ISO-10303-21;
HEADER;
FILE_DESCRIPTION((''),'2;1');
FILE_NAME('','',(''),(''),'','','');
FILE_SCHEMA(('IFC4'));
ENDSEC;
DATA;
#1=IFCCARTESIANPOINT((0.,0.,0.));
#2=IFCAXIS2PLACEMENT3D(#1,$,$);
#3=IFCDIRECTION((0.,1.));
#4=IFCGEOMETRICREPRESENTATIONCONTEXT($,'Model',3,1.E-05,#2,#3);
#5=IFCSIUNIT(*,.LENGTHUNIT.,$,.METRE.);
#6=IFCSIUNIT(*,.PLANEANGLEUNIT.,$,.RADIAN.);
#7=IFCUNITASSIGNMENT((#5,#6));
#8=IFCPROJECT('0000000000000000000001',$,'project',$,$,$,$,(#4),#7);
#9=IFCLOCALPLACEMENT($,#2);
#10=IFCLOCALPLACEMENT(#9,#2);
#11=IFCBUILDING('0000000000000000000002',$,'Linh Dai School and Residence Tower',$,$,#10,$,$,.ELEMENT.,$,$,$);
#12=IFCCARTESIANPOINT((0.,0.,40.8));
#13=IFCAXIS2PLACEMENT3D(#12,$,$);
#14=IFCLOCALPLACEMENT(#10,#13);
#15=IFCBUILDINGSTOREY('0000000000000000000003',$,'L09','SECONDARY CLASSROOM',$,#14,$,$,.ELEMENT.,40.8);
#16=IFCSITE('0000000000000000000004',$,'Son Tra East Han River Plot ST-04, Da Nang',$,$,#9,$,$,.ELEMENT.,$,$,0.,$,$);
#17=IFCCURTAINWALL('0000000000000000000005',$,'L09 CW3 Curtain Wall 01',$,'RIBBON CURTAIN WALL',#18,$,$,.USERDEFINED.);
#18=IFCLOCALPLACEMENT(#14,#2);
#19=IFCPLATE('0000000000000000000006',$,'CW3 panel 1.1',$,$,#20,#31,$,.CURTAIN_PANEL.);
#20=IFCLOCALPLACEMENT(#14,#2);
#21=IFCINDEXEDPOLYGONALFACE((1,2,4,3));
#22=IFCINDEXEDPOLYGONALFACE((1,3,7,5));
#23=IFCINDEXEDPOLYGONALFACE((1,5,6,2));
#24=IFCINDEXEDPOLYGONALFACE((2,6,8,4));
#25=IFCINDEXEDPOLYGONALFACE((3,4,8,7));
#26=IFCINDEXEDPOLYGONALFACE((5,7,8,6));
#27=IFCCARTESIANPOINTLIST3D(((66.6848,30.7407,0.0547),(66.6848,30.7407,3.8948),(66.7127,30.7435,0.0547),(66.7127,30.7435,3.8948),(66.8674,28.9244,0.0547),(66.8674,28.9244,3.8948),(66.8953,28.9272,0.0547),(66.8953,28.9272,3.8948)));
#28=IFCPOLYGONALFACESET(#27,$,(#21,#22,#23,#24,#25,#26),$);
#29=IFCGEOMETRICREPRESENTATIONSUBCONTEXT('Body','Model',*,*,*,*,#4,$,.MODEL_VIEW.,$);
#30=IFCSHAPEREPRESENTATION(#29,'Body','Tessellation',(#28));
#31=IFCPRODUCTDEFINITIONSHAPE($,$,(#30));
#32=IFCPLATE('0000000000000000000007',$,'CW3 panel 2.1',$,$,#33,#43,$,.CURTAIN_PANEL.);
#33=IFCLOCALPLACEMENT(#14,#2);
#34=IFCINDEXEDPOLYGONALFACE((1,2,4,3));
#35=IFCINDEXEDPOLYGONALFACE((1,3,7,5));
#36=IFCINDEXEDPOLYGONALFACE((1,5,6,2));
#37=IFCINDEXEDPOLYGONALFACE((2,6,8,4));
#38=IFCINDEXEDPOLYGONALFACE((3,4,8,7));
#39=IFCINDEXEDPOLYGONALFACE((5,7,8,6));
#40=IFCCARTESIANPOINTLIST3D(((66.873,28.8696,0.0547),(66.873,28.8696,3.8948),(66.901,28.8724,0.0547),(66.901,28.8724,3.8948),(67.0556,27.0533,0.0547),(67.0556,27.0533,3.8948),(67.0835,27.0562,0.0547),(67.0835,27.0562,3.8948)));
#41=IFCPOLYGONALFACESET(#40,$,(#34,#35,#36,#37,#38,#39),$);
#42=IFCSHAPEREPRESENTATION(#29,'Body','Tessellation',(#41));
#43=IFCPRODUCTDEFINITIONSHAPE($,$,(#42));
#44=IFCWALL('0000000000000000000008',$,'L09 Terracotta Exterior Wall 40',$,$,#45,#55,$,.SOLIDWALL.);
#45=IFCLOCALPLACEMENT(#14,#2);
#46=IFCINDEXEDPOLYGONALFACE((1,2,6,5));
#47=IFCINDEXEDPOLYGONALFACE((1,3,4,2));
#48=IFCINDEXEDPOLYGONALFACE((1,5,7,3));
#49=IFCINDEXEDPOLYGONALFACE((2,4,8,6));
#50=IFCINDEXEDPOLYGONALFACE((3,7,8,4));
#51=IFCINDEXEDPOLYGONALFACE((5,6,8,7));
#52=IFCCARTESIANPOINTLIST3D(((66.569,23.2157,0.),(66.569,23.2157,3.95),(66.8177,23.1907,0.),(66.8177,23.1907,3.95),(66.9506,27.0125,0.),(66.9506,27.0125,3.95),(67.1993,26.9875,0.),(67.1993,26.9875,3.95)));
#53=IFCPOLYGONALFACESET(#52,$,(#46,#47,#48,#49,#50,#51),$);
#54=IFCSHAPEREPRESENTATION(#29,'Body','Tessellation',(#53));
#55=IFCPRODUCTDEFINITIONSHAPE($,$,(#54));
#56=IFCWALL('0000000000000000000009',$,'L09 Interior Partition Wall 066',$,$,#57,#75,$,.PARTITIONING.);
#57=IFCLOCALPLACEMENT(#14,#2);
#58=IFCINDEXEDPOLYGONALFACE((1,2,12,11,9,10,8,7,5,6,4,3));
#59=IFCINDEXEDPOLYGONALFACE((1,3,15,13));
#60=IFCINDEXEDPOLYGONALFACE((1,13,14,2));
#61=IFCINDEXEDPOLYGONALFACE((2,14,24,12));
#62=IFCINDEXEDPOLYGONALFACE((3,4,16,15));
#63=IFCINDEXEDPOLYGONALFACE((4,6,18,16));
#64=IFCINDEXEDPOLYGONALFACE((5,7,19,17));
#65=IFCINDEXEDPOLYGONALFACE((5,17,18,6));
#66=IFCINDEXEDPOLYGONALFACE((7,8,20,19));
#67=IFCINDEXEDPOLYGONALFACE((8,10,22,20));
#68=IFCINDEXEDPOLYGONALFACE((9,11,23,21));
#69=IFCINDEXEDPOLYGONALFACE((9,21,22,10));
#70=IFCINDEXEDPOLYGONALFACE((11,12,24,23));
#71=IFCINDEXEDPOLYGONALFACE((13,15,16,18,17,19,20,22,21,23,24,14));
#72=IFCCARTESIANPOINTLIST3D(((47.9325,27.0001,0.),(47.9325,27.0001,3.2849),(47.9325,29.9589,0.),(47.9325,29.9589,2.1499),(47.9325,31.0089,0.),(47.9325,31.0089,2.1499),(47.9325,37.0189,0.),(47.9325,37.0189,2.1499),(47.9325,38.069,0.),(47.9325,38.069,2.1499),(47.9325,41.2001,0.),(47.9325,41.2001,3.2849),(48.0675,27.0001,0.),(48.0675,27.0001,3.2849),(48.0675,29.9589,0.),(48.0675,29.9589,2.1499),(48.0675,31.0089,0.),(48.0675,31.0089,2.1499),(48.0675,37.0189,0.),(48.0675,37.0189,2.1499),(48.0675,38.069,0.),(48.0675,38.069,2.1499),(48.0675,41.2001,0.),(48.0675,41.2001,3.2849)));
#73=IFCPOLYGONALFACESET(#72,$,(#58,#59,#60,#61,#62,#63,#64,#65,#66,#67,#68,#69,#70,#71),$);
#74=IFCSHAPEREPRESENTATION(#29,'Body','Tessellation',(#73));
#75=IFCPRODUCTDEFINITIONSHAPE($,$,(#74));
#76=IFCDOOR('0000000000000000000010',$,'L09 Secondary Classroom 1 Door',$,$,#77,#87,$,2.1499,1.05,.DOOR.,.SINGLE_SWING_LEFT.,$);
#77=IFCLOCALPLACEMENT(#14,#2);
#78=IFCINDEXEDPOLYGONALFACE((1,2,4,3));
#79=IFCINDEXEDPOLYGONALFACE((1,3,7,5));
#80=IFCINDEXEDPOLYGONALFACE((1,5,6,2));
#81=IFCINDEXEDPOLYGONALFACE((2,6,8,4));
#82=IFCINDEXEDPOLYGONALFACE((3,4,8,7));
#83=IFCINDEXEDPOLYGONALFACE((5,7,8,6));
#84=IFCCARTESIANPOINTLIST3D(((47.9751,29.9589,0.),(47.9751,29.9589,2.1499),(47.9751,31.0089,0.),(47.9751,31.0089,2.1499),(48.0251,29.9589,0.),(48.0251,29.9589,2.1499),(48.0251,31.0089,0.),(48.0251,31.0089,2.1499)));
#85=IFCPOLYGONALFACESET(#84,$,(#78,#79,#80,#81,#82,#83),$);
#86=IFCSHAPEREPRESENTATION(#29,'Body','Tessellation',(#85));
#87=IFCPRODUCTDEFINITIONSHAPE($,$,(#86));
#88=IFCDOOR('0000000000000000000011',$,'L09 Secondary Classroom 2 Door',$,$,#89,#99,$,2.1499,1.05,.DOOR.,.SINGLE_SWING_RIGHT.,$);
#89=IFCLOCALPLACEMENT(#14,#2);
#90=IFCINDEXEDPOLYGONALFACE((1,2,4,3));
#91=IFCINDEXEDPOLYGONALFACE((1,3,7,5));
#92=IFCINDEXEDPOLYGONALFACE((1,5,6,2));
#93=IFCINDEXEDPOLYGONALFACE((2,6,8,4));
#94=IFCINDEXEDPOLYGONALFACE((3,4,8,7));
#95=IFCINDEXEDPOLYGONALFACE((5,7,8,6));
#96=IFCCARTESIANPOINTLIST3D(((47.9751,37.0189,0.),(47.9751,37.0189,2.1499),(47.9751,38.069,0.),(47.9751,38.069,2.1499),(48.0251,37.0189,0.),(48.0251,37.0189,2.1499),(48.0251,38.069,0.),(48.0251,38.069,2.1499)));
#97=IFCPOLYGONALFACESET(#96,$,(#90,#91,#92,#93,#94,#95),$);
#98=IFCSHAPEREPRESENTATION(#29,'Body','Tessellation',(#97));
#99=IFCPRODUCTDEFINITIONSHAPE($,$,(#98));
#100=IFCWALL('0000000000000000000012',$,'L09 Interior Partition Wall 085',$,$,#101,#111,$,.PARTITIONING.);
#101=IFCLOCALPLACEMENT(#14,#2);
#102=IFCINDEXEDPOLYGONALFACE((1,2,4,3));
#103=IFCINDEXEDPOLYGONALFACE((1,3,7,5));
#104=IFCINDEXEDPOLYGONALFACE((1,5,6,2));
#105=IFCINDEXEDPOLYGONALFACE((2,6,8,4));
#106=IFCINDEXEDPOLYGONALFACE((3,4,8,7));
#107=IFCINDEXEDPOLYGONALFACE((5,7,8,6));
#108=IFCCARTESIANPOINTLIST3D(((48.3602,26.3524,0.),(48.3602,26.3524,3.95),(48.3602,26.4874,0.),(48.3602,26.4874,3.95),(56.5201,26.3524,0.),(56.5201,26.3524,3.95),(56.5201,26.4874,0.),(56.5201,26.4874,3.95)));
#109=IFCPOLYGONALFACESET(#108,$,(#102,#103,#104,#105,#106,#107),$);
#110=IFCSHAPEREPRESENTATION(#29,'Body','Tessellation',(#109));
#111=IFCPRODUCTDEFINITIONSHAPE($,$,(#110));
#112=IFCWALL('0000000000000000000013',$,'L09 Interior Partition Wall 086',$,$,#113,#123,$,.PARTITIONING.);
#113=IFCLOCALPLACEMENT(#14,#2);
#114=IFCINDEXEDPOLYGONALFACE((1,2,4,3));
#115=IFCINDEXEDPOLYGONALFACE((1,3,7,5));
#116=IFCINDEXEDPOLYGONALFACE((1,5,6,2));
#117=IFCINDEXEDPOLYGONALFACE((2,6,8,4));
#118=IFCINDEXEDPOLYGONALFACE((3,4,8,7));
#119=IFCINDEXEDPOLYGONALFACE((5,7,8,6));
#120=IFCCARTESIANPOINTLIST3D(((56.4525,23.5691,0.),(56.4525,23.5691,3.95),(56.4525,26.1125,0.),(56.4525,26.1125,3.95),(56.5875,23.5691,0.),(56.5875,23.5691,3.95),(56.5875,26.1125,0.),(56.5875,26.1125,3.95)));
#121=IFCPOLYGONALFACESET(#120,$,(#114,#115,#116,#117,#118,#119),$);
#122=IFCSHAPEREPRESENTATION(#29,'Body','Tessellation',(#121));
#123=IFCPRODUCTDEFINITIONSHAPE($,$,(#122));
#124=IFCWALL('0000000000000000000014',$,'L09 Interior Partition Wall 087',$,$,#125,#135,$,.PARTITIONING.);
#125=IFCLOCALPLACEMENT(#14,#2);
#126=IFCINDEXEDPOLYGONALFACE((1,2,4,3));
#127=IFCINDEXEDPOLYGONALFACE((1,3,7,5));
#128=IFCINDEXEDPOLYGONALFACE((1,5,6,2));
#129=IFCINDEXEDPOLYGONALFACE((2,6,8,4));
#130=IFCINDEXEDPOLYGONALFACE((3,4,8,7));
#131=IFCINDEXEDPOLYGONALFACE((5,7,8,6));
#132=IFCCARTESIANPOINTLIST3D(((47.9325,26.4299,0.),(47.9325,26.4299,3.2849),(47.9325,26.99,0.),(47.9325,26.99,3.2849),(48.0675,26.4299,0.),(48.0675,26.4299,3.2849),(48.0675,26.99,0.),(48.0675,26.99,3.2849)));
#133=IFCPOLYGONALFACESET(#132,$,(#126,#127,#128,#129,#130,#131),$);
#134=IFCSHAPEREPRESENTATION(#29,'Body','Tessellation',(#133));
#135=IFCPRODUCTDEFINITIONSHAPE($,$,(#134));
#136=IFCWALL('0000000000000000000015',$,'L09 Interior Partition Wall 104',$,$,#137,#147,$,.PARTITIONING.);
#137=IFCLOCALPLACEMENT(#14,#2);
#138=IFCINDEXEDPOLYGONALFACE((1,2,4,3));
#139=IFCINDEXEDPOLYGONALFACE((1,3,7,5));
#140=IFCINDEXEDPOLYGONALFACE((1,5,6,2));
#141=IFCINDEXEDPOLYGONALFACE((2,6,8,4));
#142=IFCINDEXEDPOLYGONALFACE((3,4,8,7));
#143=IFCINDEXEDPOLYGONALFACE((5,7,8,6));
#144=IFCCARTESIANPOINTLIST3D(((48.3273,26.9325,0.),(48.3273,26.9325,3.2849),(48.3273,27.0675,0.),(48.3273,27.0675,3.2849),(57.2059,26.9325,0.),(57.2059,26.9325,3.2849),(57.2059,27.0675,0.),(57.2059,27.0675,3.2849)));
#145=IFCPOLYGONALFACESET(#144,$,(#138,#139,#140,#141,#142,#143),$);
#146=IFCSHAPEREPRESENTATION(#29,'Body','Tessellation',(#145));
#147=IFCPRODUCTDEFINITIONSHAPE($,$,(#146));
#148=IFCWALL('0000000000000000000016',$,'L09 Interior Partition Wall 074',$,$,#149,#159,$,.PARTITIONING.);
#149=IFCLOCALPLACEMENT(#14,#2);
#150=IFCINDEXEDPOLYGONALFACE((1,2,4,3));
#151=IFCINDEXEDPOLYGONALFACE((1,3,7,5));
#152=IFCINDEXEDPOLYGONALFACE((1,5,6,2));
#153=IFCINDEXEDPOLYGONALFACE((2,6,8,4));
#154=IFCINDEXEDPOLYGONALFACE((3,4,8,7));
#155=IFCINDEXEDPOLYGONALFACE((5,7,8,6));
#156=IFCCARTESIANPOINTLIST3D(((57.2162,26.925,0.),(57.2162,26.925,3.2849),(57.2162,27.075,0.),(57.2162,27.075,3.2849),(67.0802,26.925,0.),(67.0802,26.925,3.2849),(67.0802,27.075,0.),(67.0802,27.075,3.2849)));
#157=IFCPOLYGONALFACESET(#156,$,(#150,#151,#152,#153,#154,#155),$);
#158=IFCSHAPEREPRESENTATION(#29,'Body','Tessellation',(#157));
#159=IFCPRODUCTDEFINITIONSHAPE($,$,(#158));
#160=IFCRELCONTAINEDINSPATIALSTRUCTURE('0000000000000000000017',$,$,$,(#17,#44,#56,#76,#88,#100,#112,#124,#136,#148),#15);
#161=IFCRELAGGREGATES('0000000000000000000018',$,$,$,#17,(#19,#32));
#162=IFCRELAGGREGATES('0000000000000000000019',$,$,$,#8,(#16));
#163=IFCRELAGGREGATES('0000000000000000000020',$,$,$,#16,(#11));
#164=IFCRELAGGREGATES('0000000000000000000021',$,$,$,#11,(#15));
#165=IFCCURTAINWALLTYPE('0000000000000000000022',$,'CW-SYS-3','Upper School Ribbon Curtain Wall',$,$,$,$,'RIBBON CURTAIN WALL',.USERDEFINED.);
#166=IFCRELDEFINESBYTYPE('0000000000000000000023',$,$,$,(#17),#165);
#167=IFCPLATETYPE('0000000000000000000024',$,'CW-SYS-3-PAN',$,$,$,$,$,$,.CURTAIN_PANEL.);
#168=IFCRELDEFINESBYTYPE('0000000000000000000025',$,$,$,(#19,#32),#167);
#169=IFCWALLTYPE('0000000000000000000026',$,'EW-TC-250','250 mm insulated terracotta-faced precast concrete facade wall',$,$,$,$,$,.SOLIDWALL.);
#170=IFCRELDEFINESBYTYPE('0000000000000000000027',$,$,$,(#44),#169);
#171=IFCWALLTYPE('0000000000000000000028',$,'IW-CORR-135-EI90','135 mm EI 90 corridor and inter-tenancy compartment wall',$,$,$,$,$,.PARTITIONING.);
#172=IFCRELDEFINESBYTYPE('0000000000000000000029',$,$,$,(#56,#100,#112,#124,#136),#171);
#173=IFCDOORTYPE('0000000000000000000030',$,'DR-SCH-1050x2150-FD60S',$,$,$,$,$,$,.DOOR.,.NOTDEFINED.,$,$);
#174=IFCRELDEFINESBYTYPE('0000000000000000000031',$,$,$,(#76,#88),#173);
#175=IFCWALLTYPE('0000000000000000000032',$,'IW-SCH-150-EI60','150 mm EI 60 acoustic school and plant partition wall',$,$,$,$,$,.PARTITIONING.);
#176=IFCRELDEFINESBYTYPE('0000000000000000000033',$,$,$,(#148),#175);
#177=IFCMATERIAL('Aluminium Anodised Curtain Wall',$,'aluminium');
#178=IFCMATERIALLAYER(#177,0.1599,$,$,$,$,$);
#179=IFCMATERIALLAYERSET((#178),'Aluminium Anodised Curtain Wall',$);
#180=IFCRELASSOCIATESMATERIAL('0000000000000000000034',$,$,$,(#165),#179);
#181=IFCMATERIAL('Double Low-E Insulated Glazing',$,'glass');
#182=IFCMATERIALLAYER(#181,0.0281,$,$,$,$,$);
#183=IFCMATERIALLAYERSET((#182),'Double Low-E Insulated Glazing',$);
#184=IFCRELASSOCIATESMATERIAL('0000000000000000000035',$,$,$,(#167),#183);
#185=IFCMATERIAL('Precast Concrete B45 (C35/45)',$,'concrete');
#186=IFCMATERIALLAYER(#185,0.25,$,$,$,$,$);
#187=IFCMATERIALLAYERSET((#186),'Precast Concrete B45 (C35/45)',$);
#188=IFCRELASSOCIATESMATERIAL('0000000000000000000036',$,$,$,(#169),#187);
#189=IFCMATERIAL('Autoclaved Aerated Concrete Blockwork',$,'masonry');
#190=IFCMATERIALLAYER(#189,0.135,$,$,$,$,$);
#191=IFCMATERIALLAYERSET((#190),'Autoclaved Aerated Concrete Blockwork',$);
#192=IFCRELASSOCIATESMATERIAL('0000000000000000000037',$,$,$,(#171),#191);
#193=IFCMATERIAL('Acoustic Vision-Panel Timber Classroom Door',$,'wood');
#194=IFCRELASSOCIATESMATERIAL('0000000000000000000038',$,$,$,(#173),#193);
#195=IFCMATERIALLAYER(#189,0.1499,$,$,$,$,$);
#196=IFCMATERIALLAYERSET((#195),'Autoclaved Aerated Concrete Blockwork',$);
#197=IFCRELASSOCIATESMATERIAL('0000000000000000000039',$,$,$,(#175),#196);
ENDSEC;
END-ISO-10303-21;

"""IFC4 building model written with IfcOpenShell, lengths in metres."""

from ifc_helpers import new_model, si_unit, direction, frame, frame_2d, origin, origin_2d, place, context, subcontext, project, spatial, rectangle, extrude, source, transform, mapped, material, layer, layer_set, type_object, element, fill, aggregate, save


model = new_model("IFC4")

# Units and contexts
model_context = context("Model", 3, precision=1e-05, world=origin(), true_north=direction((0.0, 1.0)))
body_context = subcontext(model_context, "Body", "Model", "MODEL_VIEW")
ifc_project = project(units=[si_unit("LENGTHUNIT", "METRE"), si_unit("PLANEANGLEUNIT", "RADIAN")], contexts=[model_context])

# Site, building, storey
site_placement = place(None, origin())
site = spatial("IfcSite", under=ifc_project, at=site_placement, Name="Son Tra East Han River Plot ST-04, Da Nang", CompositionType="ELEMENT", RefElevation=0.0)
building_placement = place(site_placement, origin())
building = spatial("IfcBuilding", under=site, at=building_placement, Name="Linh Dai School and Residence Tower", CompositionType="ELEMENT")
storey_placement = place(building_placement, frame((0.0, 0.0, 40.8)))
storey = spatial("IfcBuildingStorey", under=building, at=storey_placement, Name="L09", Description="SECONDARY CLASSROOM", CompositionType="ELEMENT", Elevation=40.8)

# Curtain wall, plates
ifc_material_1 = material(Name="Aluminium Anodised Curtain Wall", Category="aluminium")
ifc_layer_1 = layer(ifc_material_1, 0.1599)
ifc_layer_set_1 = layer_set([ifc_layer_1], Name="Aluminium Anodised Curtain Wall")
curtain_wall_type = type_object("IfcCurtainWallType", Name="CW-SYS-3", Description="Upper School Ribbon Curtain Wall", ElementType="RIBBON CURTAIN WALL", PredefinedType="USERDEFINED", material=ifc_layer_set_1)
curtain_wall_placement = place(storey_placement, origin())
curtain_wall = element("IfcCurtainWall", 1, at=curtain_wall_placement, inside=storey, type_object=curtain_wall_type, Name="L09 CW3 Curtain Wall 01", ObjectType="RIBBON CURTAIN WALL", PredefinedType="USERDEFINED")
ifc_material_2 = material(Name="Double Low-E Insulated Glazing", Category="glass")
ifc_layer_2 = layer(ifc_material_2, 0.0281)
ifc_layer_set_2 = layer_set([ifc_layer_2], Name="Double Low-E Insulated Glazing")
plate_type = type_object("IfcPlateType", Name="CW-SYS-3-PAN", PredefinedType="CURTAIN_PANEL", material=ifc_layer_set_2)
shared_shape_1 = source(origin(), body_context, "Body", "SweptSolid", [
    extrude(rectangle(XDim=1.8254, YDim=0.0281, at=origin_2d()), origin(), (0.0, 0.0, 1.0), 3.8401),
])
plate_1_placement = place(storey_placement, frame((66.79, 29.834, 0.0547), z_axis=(0.0, 0.0, 1.0), x_axis=(0.100009, -0.994986, 0.0)))
plate_1 = element("IfcPlate", 2, at=plate_1_placement, type_object=plate_type, Name="CW3 panel 1.1", PredefinedType="CURTAIN_PANEL", context=body_context, shape_type="MappedRepresentation", body=[
    mapped(shared_shape_1, transform((0.0, 0.0, 0.0), x_axis=(1.0, 0.0, 0.0), y_axis=(0.0, 1.0, 0.0), z_axis=(0.0, 0.0, 1.0), scale=1.0)),
])
plate_2_placement = place(storey_placement, frame((66.9783, 27.9629, 0.0547), z_axis=(0.0, 0.0, 1.0), x_axis=(0.100009, -0.994986, 0.0)))
plate_2 = element("IfcPlate", 3, at=plate_2_placement, type_object=plate_type, Name="CW3 panel 2.1", PredefinedType="CURTAIN_PANEL", context=body_context, shape_type="MappedRepresentation", body=[
    mapped(shared_shape_1, transform((0.0, 0.0, 0.0), x_axis=(1.0, 0.0, 0.0), y_axis=(0.0, 1.0, 0.0), z_axis=(0.0, 0.0, 1.0), scale=1.0)),
])
aggregate(curtain_wall, [plate_1, plate_2])

# Wall
ifc_material_3 = material(Name="Precast Concrete B45 (C35/45)", Category="concrete")
ifc_layer_3 = layer(ifc_material_3, 0.25)
ifc_layer_set_3 = layer_set([ifc_layer_3], Name="Precast Concrete B45 (C35/45)")
wall_type_1 = type_object("IfcWallType", Name="EW-TC-250", Description="250 mm insulated terracotta-faced precast concrete facade wall", PredefinedType="SOLIDWALL", material=ifc_layer_set_3)
wall_1_placement = place(storey_placement, frame((67.075, 27.0, 0.0), z_axis=(0.0, 0.0, 1.0), x_axis=(-0.099998, -0.994988, 0.0)))
element("IfcWall", 4, at=wall_1_placement, inside=storey, type_object=wall_type_1, Name="L09 Terracotta Exterior Wall 40", PredefinedType="SOLIDWALL", context=body_context, shape_type="SweptSolid", body=[
    extrude(rectangle(XDim=3.8159, YDim=0.25, at=frame_2d((1.908, 0.0))), origin(), (0.0, 0.0, 1.0), 3.95),
])

# Wall, openings, doors
ifc_material_4 = material(Name="Autoclaved Aerated Concrete Blockwork", Category="masonry")
ifc_layer_4 = layer(ifc_material_4, 0.135)
ifc_layer_set_4 = layer_set([ifc_layer_4], Name="Autoclaved Aerated Concrete Blockwork")
wall_type_2 = type_object("IfcWallType", Name="IW-CORR-135-EI90", Description="135 mm EI 90 corridor and inter-tenancy compartment wall", PredefinedType="PARTITIONING", material=ifc_layer_set_4)
wall_2_placement = place(storey_placement, frame((48.0, 27.0, 0.0), z_axis=(0.0, 0.0, 1.0), x_axis=(0.0, 1.0, 0.0)))
wall_2 = element("IfcWall", 5, at=wall_2_placement, inside=storey, type_object=wall_type_2, Name="L09 Interior Partition Wall 066", PredefinedType="PARTITIONING", context=body_context, shape_type="SweptSolid", body=[
    extrude(rectangle(XDim=14.2, YDim=0.135, at=frame_2d((7.1001, 0.0))), origin(), (0.0, 0.0, 1.0), 3.2849),
])
opening_1_placement = place(wall_2_placement, frame((2.959, 0.0, 0.0)))
opening_1 = element("IfcOpeningElement", 6, at=opening_1_placement, cuts=wall_2, PredefinedType="OPENING", context=body_context, shape_type="SweptSolid", body=[
    extrude(rectangle(XDim=1.05, YDim=2.1499, at=origin_2d()), frame((0.5249, 0.0776, 1.075), z_axis=(0.0, -1.0, 0.0), x_axis=(1.0, 0.0, 0.0)), (0.0, 0.0, 1.0), 0.155),
])
opening_2_placement = place(wall_2_placement, frame((10.019, 0.0, 0.0)))
opening_2 = element("IfcOpeningElement", 7, at=opening_2_placement, cuts=wall_2, PredefinedType="OPENING", context=body_context, shape_type="SweptSolid", body=[
    extrude(rectangle(XDim=1.05, YDim=2.1499, at=origin_2d()), frame((0.5249, 0.0776, 1.075), z_axis=(0.0, -1.0, 0.0), x_axis=(1.0, 0.0, 0.0)), (0.0, 0.0, 1.0), 0.155),
])
ifc_material_5 = material(Name="Acoustic Vision-Panel Timber Classroom Door", Category="wood")
door_type = type_object("IfcDoorType", Name="DR-SCH-1050x2150-FD60S", OperationType="NOTDEFINED", PredefinedType="DOOR", material=ifc_material_5)
shared_shape_2 = source(origin(), body_context, "Body", "SweptSolid", [
    extrude(rectangle(XDim=1.05, YDim=2.1499, at=origin_2d()), frame((0.5249, 0.0249, 1.075), z_axis=(0.0, -1.0, 0.0), x_axis=(1.0, 0.0, 0.0)), (0.0, 0.0, 1.0), 0.05),
])
door_1_placement = place(opening_1_placement, origin())
door_1 = element("IfcDoor", 8, at=door_1_placement, inside=storey, type_object=door_type, Name="L09 Secondary Classroom 1 Door", OperationType="SINGLE_SWING_LEFT", OverallHeight=2.1499, OverallWidth=1.05, PredefinedType="DOOR", context=body_context, shape_type="MappedRepresentation", body=[
    mapped(shared_shape_2, transform((0.0, 0.0, 0.0), x_axis=(1.0, 0.0, 0.0), y_axis=(0.0, 1.0, 0.0), z_axis=(0.0, 0.0, 1.0), scale=1.0)),
])
fill(opening_1, door_1)
door_2_placement = place(opening_2_placement, origin())
door_2 = element("IfcDoor", 9, at=door_2_placement, inside=storey, type_object=door_type, Name="L09 Secondary Classroom 2 Door", OperationType="SINGLE_SWING_RIGHT", OverallHeight=2.1499, OverallWidth=1.05, PredefinedType="DOOR", context=body_context, shape_type="MappedRepresentation", body=[
    mapped(shared_shape_2, transform((0.0, 0.0, 0.0), x_axis=(1.0, 0.0, 0.0), y_axis=(0.0, 1.0, 0.0), z_axis=(0.0, 0.0, 1.0), scale=1.0)),
])
fill(opening_2, door_2)

# Walls
wall_3_placement = place(storey_placement, frame((48.3601, 26.4199, 0.0), z_axis=(0.0, 0.0, 1.0), x_axis=(1.0, 0.0, 0.0)))
element("IfcWall", 10, at=wall_3_placement, inside=storey, type_object=wall_type_2, Name="L09 Interior Partition Wall 085", PredefinedType="PARTITIONING", context=body_context, shape_type="SweptSolid", body=[
    extrude(rectangle(XDim=8.1599, YDim=0.135, at=frame_2d((4.0801, 0.0))), origin(), (0.0, 0.0, 1.0), 3.95),
])
wall_4_placement = place(storey_placement, frame((56.52, 26.1125, 0.0), z_axis=(0.0, 0.0, 1.0), x_axis=(0.0, -1.0, 0.0)))
element("IfcWall", 11, at=wall_4_placement, inside=storey, type_object=wall_type_2, Name="L09 Interior Partition Wall 086", PredefinedType="PARTITIONING", context=body_context, shape_type="SweptSolid", body=[
    extrude(rectangle(XDim=2.5435, YDim=0.135, at=frame_2d((1.2717, 0.0))), origin(), (0.0, 0.0, 1.0), 3.95),
])
wall_5_placement = place(storey_placement, frame((48.0, 26.99, 0.0), z_axis=(0.0, 0.0, 1.0), x_axis=(0.0, -1.0, 0.0)))
element("IfcWall", 12, at=wall_5_placement, inside=storey, type_object=wall_type_2, Name="L09 Interior Partition Wall 087", PredefinedType="PARTITIONING", context=body_context, shape_type="SweptSolid", body=[
    extrude(rectangle(XDim=0.5601, YDim=0.135, at=frame_2d((0.28, 0.0))), origin(), (0.0, 0.0, 1.0), 3.2849),
])
wall_6_placement = place(storey_placement, frame((57.2061, 27.0, 0.0), z_axis=(0.0, 0.0, 1.0), x_axis=(-1.0, 0.0, 0.0)))
element("IfcWall", 13, at=wall_6_placement, inside=storey, type_object=wall_type_2, Name="L09 Interior Partition Wall 104", PredefinedType="PARTITIONING", context=body_context, shape_type="SweptSolid", body=[
    extrude(rectangle(XDim=8.8787, YDim=0.135, at=frame_2d((4.4395, 0.0))), origin(), (0.0, 0.0, 1.0), 3.2849),
])
ifc_layer_5 = layer(ifc_material_4, 0.1499)
ifc_layer_set_5 = layer_set([ifc_layer_5], Name="Autoclaved Aerated Concrete Blockwork")
wall_type_3 = type_object("IfcWallType", Name="IW-SCH-150-EI60", Description="150 mm EI 60 acoustic school and plant partition wall", PredefinedType="PARTITIONING", material=ifc_layer_set_5)
wall_7_placement = place(storey_placement, frame((57.2161, 27.0, 0.0), z_axis=(0.0, 0.0, 1.0), x_axis=(1.0, 0.0, 0.0)))
element("IfcWall", 14, at=wall_7_placement, inside=storey, type_object=wall_type_3, Name="L09 Interior Partition Wall 074", PredefinedType="PARTITIONING", context=body_context, shape_type="SweptSolid", body=[
    extrude(rectangle(XDim=9.864, YDim=0.1499, at=frame_2d((4.9321, 0.0))), origin(), (0.0, 0.0, 1.0), 3.2849),
])

save(model, "model.ifc")
